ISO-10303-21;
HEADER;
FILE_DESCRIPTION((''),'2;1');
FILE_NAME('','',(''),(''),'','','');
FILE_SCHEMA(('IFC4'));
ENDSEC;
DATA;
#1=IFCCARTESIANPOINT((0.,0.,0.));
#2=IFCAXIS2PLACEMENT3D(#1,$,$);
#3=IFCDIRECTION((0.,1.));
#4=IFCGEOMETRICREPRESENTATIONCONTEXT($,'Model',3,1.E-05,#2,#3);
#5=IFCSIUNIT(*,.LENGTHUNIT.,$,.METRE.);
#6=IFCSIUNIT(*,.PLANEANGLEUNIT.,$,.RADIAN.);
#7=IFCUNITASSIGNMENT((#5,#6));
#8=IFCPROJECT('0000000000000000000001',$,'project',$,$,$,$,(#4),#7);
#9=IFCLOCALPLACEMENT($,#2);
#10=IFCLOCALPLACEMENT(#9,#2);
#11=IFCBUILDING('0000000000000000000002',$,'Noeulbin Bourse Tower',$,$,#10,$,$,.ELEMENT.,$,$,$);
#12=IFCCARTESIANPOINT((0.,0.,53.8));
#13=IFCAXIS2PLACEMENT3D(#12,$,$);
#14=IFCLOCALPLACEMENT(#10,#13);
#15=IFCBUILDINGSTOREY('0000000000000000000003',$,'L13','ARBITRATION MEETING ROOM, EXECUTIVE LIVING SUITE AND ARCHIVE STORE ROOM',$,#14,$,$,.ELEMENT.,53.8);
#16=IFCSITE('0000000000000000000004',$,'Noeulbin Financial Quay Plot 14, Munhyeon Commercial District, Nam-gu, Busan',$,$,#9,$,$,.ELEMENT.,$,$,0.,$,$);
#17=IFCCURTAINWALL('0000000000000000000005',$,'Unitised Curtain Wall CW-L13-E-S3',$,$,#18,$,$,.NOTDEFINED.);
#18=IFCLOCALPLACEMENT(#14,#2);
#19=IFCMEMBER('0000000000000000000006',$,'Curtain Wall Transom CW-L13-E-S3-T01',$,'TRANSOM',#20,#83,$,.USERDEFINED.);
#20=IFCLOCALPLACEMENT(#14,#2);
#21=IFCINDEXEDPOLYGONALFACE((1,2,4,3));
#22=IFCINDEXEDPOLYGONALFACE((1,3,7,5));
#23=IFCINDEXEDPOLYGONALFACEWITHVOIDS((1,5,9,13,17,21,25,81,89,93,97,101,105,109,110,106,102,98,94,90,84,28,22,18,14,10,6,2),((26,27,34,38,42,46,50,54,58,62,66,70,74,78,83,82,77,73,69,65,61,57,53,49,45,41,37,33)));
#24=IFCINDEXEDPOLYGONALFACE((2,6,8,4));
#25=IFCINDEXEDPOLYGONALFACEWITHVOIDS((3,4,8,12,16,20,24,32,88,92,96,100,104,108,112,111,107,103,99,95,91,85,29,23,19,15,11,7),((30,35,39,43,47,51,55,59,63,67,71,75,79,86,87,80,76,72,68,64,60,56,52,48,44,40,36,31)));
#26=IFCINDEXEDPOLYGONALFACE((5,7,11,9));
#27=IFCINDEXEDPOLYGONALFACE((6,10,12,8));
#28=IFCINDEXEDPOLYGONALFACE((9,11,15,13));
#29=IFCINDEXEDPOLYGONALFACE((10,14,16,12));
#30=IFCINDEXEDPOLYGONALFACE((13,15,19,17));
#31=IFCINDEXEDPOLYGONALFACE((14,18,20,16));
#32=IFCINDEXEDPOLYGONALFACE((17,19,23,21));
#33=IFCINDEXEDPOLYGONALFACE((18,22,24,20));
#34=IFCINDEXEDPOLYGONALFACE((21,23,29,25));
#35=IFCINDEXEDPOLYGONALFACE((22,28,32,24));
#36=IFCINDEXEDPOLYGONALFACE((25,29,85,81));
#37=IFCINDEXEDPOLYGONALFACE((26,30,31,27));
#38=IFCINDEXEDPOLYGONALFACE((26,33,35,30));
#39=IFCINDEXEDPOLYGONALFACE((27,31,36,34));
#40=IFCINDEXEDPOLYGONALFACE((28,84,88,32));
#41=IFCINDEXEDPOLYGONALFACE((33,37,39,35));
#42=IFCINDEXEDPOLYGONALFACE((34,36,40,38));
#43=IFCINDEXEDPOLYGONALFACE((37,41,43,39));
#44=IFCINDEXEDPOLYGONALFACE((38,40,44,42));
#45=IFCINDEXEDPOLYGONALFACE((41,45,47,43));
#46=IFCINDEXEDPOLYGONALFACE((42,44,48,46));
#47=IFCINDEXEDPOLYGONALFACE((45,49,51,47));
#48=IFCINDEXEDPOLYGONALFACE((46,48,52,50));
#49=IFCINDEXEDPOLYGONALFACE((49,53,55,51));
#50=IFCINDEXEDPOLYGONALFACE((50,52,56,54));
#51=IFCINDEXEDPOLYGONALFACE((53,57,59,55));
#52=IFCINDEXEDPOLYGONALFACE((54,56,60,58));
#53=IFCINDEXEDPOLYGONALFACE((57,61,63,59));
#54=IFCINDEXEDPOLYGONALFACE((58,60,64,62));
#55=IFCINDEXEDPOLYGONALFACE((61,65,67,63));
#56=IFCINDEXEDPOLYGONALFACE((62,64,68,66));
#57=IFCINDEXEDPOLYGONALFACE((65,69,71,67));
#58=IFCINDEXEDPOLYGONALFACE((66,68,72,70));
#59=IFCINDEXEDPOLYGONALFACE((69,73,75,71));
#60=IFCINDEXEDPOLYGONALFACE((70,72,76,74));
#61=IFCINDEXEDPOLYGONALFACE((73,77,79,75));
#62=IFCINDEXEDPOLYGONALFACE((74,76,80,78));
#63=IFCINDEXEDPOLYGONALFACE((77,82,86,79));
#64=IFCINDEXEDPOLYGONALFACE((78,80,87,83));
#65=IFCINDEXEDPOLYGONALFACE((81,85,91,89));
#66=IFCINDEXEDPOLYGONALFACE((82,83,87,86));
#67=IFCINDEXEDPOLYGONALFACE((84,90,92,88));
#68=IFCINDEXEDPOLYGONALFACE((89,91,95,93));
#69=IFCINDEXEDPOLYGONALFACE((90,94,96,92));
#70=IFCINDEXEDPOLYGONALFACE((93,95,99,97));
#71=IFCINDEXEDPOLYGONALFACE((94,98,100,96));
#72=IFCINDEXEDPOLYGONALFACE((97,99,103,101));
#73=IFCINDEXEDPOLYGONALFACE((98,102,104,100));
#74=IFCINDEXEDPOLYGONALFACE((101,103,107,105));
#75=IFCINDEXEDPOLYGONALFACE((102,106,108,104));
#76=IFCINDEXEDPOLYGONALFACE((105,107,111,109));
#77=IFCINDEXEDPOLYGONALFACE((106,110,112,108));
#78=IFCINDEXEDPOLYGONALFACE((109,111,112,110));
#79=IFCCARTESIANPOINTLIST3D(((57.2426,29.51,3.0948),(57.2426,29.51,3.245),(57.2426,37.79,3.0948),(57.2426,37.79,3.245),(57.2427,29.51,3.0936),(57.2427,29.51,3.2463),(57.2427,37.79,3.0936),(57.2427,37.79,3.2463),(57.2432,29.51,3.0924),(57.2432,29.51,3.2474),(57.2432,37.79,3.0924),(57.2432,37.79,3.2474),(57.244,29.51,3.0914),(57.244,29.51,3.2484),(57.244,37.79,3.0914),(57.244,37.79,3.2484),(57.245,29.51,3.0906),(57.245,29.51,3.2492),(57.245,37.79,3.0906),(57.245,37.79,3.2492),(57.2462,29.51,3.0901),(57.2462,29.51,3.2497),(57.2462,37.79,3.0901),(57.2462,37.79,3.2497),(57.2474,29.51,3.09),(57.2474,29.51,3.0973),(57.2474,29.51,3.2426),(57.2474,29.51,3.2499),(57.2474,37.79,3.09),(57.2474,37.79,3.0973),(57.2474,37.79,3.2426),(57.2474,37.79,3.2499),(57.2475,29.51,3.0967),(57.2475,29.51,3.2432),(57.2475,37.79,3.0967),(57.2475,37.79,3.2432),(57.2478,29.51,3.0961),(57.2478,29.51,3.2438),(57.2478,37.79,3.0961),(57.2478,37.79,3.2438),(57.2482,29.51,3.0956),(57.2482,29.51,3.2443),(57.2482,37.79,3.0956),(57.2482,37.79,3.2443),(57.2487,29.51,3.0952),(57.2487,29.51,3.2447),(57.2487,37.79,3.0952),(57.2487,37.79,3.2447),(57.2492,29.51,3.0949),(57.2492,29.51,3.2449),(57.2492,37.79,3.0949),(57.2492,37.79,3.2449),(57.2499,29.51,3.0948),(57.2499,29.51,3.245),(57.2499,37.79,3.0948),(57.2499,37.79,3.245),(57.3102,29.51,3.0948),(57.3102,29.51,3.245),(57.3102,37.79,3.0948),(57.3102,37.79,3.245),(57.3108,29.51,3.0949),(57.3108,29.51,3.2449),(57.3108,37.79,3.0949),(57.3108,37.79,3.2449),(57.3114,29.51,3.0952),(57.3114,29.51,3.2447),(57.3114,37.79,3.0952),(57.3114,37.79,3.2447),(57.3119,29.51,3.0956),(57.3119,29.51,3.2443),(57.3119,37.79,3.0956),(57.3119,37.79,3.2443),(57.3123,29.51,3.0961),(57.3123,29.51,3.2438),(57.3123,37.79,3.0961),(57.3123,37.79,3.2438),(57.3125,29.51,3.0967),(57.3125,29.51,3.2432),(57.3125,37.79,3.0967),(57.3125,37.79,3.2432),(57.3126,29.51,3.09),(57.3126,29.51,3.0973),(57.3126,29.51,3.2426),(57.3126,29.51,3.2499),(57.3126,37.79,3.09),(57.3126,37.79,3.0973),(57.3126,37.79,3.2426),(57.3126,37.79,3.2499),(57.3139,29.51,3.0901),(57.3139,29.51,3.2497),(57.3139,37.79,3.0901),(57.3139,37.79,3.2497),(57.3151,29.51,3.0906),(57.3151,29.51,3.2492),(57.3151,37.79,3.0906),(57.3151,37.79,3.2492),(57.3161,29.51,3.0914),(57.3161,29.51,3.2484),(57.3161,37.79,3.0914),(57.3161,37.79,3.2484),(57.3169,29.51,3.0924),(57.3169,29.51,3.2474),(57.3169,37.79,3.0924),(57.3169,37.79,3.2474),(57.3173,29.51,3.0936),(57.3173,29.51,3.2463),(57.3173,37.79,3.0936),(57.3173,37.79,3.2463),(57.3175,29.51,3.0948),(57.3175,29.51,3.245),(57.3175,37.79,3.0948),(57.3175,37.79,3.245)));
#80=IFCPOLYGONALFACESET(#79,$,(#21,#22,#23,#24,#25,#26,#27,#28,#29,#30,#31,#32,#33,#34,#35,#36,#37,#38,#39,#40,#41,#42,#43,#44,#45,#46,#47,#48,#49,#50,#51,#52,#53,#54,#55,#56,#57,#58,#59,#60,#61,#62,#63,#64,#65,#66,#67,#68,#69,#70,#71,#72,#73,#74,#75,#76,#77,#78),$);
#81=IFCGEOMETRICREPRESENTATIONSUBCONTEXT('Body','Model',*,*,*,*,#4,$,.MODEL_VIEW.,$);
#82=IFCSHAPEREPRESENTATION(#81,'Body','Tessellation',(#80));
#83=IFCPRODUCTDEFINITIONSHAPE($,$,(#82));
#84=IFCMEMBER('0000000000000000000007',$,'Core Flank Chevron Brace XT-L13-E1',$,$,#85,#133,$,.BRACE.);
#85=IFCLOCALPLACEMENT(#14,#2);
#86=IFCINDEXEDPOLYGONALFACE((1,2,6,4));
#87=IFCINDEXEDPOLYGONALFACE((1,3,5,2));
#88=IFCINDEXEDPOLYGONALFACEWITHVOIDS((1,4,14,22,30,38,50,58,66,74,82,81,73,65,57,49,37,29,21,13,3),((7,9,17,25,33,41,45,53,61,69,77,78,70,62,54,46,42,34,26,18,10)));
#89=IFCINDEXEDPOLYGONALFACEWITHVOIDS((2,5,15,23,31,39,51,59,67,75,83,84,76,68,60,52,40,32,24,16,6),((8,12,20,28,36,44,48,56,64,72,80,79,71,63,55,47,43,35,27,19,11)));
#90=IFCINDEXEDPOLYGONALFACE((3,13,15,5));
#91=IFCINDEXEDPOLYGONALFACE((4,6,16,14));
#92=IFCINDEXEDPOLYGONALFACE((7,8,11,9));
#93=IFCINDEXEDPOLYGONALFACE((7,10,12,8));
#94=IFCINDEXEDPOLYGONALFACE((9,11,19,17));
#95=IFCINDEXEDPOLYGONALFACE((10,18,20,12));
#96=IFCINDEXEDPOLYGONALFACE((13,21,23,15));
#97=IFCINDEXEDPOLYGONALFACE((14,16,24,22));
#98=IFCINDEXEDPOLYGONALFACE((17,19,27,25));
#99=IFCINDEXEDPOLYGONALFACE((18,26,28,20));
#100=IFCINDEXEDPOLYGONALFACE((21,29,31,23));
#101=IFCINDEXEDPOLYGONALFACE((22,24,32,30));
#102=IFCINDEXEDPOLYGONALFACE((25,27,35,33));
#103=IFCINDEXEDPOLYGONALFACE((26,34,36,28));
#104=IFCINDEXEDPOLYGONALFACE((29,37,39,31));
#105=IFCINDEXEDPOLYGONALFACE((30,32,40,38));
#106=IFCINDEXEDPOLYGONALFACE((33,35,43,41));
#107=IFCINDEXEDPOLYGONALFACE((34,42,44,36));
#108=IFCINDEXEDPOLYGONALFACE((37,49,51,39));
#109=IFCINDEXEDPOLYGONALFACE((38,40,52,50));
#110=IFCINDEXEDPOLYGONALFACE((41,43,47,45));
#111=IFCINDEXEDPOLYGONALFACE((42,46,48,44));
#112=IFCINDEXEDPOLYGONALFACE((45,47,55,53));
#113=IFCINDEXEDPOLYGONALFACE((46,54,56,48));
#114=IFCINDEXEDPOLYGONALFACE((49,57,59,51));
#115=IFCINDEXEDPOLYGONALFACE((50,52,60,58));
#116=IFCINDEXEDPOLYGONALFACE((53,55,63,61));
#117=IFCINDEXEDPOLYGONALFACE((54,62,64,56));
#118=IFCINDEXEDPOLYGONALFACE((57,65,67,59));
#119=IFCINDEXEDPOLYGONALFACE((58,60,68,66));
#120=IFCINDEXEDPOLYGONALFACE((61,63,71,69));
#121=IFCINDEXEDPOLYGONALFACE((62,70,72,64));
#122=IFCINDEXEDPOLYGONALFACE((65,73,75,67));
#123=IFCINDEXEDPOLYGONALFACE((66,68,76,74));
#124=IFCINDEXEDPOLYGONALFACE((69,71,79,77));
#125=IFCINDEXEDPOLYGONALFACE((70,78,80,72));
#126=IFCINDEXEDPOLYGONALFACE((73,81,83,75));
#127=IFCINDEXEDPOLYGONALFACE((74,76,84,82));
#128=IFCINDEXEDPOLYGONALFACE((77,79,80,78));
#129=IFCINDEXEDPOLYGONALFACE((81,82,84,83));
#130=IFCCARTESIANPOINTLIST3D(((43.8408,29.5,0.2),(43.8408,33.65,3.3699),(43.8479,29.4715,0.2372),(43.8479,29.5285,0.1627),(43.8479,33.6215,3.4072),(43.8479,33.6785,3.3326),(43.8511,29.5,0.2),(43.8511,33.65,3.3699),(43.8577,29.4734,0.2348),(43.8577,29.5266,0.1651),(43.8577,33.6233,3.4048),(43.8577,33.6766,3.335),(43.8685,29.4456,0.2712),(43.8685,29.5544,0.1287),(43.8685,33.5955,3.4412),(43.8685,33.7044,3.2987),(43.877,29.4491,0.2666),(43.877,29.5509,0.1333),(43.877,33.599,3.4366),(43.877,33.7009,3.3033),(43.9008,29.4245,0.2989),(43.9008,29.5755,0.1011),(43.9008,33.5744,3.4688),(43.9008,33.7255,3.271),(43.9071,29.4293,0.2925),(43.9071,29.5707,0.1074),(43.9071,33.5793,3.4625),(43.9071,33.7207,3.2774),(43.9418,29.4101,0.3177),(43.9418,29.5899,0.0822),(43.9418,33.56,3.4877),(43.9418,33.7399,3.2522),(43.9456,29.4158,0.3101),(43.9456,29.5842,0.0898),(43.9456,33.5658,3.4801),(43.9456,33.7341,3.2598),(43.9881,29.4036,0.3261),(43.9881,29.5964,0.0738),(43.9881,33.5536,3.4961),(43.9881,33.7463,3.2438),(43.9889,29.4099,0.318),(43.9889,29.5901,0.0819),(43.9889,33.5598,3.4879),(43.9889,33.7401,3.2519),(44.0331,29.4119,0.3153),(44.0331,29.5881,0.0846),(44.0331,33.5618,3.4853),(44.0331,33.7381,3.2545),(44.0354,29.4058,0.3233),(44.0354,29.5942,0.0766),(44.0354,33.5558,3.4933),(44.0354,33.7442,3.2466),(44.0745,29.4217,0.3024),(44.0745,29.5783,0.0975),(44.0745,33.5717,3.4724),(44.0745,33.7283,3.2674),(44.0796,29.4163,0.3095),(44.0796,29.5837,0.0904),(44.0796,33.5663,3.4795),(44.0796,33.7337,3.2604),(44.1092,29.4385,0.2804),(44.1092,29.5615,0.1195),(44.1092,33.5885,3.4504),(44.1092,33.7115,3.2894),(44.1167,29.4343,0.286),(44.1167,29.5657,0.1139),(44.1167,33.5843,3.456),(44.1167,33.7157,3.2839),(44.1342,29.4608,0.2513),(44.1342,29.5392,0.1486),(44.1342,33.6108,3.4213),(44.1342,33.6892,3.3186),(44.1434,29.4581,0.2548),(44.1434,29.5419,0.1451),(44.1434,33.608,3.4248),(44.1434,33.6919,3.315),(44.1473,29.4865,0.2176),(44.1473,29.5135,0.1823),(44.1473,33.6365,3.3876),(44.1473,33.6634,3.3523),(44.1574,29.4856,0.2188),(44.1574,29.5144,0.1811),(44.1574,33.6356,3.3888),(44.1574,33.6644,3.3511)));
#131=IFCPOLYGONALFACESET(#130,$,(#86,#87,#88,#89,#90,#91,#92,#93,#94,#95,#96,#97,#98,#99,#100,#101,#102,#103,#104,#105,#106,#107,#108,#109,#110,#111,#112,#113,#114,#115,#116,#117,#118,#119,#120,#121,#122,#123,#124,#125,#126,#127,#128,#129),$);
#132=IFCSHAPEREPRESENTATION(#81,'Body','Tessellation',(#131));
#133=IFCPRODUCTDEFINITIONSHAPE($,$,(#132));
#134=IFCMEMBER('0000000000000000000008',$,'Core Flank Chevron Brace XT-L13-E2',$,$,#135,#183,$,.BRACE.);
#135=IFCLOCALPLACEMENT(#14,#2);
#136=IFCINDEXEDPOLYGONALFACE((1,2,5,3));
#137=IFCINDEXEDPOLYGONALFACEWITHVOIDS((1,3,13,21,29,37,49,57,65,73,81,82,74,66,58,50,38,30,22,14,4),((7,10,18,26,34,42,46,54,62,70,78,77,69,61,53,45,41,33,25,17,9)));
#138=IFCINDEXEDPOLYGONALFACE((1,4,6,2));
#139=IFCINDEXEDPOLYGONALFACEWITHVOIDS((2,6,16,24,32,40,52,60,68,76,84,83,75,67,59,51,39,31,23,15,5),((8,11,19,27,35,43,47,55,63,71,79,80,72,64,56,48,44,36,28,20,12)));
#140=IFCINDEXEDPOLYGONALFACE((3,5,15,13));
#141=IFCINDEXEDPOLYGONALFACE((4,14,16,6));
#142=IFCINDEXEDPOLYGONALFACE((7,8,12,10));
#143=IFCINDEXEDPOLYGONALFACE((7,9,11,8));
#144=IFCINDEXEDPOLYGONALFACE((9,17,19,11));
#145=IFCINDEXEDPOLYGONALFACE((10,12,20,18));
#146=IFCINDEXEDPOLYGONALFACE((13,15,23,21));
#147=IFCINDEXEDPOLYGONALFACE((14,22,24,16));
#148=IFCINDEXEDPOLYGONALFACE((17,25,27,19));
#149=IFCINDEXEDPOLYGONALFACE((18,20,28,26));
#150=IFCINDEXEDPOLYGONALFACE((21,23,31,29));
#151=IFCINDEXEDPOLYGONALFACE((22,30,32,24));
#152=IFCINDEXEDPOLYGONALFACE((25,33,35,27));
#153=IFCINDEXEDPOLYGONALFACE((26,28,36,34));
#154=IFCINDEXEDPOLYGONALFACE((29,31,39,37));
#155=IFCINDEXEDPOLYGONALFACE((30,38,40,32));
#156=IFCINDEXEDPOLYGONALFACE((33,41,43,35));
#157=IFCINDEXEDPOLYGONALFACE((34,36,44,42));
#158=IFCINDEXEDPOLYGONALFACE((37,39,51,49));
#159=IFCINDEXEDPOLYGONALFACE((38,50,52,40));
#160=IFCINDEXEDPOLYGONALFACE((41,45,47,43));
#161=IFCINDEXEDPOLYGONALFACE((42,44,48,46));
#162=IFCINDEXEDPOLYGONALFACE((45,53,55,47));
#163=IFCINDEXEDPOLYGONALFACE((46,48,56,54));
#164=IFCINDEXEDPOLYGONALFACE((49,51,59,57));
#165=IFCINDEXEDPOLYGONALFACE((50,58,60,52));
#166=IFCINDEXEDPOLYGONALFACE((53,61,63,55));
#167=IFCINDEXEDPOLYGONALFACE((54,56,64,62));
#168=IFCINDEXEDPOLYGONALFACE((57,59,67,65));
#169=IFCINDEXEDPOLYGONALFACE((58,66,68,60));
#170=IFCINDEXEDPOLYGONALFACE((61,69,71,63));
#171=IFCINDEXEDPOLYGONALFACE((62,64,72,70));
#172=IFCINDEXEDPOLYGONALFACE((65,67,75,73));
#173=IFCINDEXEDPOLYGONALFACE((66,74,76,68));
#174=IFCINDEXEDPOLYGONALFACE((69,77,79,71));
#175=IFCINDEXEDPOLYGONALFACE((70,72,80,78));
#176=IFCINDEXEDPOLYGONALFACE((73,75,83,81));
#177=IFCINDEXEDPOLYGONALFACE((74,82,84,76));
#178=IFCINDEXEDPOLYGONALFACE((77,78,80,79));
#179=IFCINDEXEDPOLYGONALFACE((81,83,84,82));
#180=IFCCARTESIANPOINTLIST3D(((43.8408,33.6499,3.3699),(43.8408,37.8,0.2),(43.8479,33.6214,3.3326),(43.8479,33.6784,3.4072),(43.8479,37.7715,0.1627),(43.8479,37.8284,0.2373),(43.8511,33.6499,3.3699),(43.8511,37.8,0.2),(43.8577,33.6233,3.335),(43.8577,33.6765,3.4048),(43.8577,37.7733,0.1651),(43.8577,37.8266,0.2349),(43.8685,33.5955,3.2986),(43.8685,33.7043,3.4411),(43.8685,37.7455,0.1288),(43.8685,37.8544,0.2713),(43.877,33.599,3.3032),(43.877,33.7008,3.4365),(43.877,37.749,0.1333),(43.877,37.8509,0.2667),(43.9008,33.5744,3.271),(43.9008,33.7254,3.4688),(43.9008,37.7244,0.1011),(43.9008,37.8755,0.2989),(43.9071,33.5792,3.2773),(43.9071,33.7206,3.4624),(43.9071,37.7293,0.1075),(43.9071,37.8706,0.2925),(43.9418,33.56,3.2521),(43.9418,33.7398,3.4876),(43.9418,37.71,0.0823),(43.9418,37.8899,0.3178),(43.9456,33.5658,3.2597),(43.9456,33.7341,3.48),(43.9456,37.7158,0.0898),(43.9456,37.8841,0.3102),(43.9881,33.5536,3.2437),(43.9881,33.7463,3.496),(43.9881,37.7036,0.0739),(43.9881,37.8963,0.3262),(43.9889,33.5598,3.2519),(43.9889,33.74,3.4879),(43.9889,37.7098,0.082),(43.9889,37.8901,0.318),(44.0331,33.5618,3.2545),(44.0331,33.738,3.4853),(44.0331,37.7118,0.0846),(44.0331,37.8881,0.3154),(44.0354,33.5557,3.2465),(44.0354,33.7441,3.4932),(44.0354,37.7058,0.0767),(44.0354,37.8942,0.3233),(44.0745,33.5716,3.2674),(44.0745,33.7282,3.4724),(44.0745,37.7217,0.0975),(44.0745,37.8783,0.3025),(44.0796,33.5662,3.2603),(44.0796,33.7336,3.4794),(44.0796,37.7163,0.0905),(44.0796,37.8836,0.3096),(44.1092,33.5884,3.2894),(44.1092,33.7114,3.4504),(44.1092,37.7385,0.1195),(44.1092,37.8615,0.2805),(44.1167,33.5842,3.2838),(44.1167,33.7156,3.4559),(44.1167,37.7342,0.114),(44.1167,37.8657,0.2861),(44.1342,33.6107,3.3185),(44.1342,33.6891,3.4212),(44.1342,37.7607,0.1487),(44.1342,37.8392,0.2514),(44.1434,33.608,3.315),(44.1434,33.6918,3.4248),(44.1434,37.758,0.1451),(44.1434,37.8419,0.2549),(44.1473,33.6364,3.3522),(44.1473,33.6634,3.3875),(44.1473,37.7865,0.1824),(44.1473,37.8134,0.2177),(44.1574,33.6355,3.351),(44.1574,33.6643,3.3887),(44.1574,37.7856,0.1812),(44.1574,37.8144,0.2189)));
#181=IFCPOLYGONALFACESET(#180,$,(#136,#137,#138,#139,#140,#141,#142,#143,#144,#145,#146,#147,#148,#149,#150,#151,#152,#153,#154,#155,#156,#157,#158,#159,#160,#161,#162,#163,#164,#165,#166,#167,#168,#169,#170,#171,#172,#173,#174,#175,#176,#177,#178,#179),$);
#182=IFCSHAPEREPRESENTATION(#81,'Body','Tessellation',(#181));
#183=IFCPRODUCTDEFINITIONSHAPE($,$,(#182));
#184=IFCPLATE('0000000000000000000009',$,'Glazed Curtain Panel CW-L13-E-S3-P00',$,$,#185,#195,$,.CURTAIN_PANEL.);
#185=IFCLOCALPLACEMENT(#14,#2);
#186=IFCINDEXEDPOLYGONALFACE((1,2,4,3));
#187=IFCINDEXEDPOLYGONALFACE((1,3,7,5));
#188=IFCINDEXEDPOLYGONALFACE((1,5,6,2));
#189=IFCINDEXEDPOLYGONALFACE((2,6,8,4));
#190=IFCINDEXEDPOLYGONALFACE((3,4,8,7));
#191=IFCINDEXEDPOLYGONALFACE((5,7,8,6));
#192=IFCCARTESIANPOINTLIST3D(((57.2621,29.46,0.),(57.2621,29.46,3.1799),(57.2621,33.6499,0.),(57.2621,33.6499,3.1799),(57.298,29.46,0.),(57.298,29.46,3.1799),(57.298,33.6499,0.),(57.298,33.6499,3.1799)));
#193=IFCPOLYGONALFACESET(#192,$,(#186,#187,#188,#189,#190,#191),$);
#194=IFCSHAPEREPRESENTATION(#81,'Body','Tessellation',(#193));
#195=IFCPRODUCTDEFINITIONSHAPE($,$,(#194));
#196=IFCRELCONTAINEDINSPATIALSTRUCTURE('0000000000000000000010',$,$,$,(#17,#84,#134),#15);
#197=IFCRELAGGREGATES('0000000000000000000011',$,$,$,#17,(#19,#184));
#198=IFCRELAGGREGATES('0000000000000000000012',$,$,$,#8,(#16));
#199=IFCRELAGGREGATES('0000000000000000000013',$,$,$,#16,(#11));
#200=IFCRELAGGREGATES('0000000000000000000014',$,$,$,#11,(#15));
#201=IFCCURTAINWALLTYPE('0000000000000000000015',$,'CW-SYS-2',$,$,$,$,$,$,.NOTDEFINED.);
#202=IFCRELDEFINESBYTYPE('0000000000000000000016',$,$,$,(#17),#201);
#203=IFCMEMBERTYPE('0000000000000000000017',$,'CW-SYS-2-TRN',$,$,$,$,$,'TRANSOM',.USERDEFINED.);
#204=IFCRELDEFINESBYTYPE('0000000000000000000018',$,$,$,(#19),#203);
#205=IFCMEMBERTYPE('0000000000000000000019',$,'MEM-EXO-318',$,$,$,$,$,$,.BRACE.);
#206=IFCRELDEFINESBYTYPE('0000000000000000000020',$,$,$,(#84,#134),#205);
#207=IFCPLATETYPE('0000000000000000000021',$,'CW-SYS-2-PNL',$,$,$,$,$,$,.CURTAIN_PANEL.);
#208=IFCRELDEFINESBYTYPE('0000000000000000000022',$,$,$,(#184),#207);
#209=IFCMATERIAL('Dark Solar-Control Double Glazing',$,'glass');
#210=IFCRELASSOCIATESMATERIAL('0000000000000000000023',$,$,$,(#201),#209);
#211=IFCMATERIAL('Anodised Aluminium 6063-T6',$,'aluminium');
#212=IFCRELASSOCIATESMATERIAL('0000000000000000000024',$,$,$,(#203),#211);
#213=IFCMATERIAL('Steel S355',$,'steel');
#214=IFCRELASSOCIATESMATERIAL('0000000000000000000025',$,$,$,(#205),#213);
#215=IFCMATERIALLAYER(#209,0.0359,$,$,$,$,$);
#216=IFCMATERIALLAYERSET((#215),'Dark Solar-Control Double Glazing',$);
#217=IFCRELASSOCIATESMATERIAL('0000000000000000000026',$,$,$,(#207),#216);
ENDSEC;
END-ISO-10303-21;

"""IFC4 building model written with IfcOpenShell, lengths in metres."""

from ifc_helpers import new_model, si_unit, direction, frame, origin, origin_2d, place, context, subcontext, project, spatial, rectangle, hollow_rectangle, hollow_circle, extrude, material, layer, layer_set, material_profile, profile_set, type_object, element, aggregate, save


model = new_model("IFC4")

# Units and contexts
model_context = context("Model", 3, precision=1e-05, world=origin(), true_north=direction((0.0, 1.0)))
body_context = subcontext(model_context, "Body", "Model", "MODEL_VIEW")
ifc_project = project(units=[si_unit("LENGTHUNIT", "METRE"), si_unit("PLANEANGLEUNIT", "RADIAN")], contexts=[model_context])

# Site, building, storey
site_placement = place(None, origin())
site = spatial("IfcSite", under=ifc_project, at=site_placement, Name="Noeulbin Financial Quay Plot 14, Munhyeon Commercial District, Nam-gu, Busan", CompositionType="ELEMENT", RefElevation=0.0)
building_placement = place(site_placement, origin())
building = spatial("IfcBuilding", under=site, at=building_placement, Name="Noeulbin Bourse Tower", CompositionType="ELEMENT")
storey_placement = place(building_placement, frame((0.0, 0.0, 53.8)))
storey = spatial("IfcBuildingStorey", under=building, at=storey_placement, Name="L13", Description="ARBITRATION MEETING ROOM, EXECUTIVE LIVING SUITE AND ARCHIVE STORE ROOM", CompositionType="ELEMENT", Elevation=53.8)

# Shared definitions
ifc_material_1 = material(Name="Steel S355", Category="steel")

# Curtain wall, member
ifc_material_2 = material(Name="Dark Solar-Control Double Glazing", Category="glass")
curtain_wall_type = type_object("IfcCurtainWallType", Name="CW-SYS-2", PredefinedType="NOTDEFINED", material=ifc_material_2)
curtain_wall_placement = place(storey_placement, origin())
curtain_wall = element("IfcCurtainWall", 1, at=curtain_wall_placement, inside=storey, type_object=curtain_wall_type, Name="Unitised Curtain Wall CW-L13-E-S3", PredefinedType="NOTDEFINED")
ifc_material_3 = material(Name="Anodised Aluminium 6063-T6", Category="aluminium")
ifc_material_profile_1 = material_profile(ifc_material_3, hollow_rectangle(XDim=0.075, YDim=0.1599, WallThickness=0.0049, InnerFilletRadius=0.0024, OuterFilletRadius=0.0049, at=origin_2d()), Name="ALU-TRAN-75x160x5", Category="LoadBearing")
ifc_profile_set_1 = profile_set([ifc_material_profile_1], Name="Anodised Aluminium 6063-T6")
member_type_1 = type_object("IfcMemberType", Name="CW-SYS-2-TRN", ElementType="TRANSOM", PredefinedType="USERDEFINED", material=ifc_profile_set_1)
member_1_placement = place(storey_placement, frame((57.28, 29.51, 3.1699), z_axis=(0.0, 1.0, 0.0), x_axis=(-1.0, 0.0, 0.0)))
member_1 = element("IfcMember", 2, at=member_1_placement, type_object=member_type_1, Name="Curtain Wall Transom CW-L13-E-S3-T01", ObjectType="TRANSOM", PredefinedType="USERDEFINED", context=body_context, shape_type="SweptSolid", body=[
    extrude(hollow_rectangle(XDim=0.075, YDim=0.1599, WallThickness=0.0049, InnerFilletRadius=0.0024, OuterFilletRadius=0.0049, at=origin_2d()), origin(), (0.0, 0.0, 1.0), 8.28),
])

# Members
ifc_material_profile_2 = material_profile(ifc_material_1, hollow_circle(Radius=0.1592, WallThickness=0.0103, at=origin_2d()), Name="CHS-318.5x10.3", Category="LoadBearing")
ifc_profile_set_2 = profile_set([ifc_material_profile_2], Name="Steel S355")
member_type_2 = type_object("IfcMemberType", Name="MEM-EXO-318", PredefinedType="BRACE", material=ifc_profile_set_2)
for number, where, z_axis, x_axis, name in (
    (3, (44.0, 29.5, 0.2), (0.0, 0.794684, 0.607023), (-1.0, 0.0, 0.0), "Core Flank Chevron Brace XT-L13-E1"),
    (4, (44.0, 33.6499, 3.3699), (0.0, 0.794701, -0.607001), (-1.0, 0.0, 0.0), "Core Flank Chevron Brace XT-L13-E2"),
):
    element("IfcMember", number, at=place(storey_placement, frame(where, z_axis=z_axis, x_axis=x_axis)), inside=storey, type_object=member_type_2, Name=name, PredefinedType="BRACE", context=body_context, shape_type="SweptSolid", body=[
        extrude(hollow_circle(Radius=0.1592, WallThickness=0.0103, at=origin_2d()), origin(), (0.0, 0.0, 1.0), 5.2222),
    ])

# Plate
ifc_layer_1 = layer(ifc_material_2, 0.0359)
ifc_layer_set_1 = layer_set([ifc_layer_1], Name="Dark Solar-Control Double Glazing")
plate_type_1 = type_object("IfcPlateType", Name="CW-SYS-2-PNL", PredefinedType="CURTAIN_PANEL", material=ifc_layer_set_1)
plate_1_placement = place(storey_placement, frame((57.28, 31.5549, 0.0), z_axis=(0.0, 0.0, 1.0), x_axis=(0.0, 1.0, 0.0)))
plate_1 = element("IfcPlate", 5, at=plate_1_placement, type_object=plate_type_1, Name="Glazed Curtain Panel CW-L13-E-S3-P00", PredefinedType="CURTAIN_PANEL", context=body_context, shape_type="SweptSolid", body=[
    extrude(rectangle(XDim=4.1899, YDim=0.0359, at=origin_2d()), origin(), (0.0, 0.0, 1.0), 3.1799),
])
aggregate(curtain_wall, [member_1, plate_1])

save(model, "model.ifc")
